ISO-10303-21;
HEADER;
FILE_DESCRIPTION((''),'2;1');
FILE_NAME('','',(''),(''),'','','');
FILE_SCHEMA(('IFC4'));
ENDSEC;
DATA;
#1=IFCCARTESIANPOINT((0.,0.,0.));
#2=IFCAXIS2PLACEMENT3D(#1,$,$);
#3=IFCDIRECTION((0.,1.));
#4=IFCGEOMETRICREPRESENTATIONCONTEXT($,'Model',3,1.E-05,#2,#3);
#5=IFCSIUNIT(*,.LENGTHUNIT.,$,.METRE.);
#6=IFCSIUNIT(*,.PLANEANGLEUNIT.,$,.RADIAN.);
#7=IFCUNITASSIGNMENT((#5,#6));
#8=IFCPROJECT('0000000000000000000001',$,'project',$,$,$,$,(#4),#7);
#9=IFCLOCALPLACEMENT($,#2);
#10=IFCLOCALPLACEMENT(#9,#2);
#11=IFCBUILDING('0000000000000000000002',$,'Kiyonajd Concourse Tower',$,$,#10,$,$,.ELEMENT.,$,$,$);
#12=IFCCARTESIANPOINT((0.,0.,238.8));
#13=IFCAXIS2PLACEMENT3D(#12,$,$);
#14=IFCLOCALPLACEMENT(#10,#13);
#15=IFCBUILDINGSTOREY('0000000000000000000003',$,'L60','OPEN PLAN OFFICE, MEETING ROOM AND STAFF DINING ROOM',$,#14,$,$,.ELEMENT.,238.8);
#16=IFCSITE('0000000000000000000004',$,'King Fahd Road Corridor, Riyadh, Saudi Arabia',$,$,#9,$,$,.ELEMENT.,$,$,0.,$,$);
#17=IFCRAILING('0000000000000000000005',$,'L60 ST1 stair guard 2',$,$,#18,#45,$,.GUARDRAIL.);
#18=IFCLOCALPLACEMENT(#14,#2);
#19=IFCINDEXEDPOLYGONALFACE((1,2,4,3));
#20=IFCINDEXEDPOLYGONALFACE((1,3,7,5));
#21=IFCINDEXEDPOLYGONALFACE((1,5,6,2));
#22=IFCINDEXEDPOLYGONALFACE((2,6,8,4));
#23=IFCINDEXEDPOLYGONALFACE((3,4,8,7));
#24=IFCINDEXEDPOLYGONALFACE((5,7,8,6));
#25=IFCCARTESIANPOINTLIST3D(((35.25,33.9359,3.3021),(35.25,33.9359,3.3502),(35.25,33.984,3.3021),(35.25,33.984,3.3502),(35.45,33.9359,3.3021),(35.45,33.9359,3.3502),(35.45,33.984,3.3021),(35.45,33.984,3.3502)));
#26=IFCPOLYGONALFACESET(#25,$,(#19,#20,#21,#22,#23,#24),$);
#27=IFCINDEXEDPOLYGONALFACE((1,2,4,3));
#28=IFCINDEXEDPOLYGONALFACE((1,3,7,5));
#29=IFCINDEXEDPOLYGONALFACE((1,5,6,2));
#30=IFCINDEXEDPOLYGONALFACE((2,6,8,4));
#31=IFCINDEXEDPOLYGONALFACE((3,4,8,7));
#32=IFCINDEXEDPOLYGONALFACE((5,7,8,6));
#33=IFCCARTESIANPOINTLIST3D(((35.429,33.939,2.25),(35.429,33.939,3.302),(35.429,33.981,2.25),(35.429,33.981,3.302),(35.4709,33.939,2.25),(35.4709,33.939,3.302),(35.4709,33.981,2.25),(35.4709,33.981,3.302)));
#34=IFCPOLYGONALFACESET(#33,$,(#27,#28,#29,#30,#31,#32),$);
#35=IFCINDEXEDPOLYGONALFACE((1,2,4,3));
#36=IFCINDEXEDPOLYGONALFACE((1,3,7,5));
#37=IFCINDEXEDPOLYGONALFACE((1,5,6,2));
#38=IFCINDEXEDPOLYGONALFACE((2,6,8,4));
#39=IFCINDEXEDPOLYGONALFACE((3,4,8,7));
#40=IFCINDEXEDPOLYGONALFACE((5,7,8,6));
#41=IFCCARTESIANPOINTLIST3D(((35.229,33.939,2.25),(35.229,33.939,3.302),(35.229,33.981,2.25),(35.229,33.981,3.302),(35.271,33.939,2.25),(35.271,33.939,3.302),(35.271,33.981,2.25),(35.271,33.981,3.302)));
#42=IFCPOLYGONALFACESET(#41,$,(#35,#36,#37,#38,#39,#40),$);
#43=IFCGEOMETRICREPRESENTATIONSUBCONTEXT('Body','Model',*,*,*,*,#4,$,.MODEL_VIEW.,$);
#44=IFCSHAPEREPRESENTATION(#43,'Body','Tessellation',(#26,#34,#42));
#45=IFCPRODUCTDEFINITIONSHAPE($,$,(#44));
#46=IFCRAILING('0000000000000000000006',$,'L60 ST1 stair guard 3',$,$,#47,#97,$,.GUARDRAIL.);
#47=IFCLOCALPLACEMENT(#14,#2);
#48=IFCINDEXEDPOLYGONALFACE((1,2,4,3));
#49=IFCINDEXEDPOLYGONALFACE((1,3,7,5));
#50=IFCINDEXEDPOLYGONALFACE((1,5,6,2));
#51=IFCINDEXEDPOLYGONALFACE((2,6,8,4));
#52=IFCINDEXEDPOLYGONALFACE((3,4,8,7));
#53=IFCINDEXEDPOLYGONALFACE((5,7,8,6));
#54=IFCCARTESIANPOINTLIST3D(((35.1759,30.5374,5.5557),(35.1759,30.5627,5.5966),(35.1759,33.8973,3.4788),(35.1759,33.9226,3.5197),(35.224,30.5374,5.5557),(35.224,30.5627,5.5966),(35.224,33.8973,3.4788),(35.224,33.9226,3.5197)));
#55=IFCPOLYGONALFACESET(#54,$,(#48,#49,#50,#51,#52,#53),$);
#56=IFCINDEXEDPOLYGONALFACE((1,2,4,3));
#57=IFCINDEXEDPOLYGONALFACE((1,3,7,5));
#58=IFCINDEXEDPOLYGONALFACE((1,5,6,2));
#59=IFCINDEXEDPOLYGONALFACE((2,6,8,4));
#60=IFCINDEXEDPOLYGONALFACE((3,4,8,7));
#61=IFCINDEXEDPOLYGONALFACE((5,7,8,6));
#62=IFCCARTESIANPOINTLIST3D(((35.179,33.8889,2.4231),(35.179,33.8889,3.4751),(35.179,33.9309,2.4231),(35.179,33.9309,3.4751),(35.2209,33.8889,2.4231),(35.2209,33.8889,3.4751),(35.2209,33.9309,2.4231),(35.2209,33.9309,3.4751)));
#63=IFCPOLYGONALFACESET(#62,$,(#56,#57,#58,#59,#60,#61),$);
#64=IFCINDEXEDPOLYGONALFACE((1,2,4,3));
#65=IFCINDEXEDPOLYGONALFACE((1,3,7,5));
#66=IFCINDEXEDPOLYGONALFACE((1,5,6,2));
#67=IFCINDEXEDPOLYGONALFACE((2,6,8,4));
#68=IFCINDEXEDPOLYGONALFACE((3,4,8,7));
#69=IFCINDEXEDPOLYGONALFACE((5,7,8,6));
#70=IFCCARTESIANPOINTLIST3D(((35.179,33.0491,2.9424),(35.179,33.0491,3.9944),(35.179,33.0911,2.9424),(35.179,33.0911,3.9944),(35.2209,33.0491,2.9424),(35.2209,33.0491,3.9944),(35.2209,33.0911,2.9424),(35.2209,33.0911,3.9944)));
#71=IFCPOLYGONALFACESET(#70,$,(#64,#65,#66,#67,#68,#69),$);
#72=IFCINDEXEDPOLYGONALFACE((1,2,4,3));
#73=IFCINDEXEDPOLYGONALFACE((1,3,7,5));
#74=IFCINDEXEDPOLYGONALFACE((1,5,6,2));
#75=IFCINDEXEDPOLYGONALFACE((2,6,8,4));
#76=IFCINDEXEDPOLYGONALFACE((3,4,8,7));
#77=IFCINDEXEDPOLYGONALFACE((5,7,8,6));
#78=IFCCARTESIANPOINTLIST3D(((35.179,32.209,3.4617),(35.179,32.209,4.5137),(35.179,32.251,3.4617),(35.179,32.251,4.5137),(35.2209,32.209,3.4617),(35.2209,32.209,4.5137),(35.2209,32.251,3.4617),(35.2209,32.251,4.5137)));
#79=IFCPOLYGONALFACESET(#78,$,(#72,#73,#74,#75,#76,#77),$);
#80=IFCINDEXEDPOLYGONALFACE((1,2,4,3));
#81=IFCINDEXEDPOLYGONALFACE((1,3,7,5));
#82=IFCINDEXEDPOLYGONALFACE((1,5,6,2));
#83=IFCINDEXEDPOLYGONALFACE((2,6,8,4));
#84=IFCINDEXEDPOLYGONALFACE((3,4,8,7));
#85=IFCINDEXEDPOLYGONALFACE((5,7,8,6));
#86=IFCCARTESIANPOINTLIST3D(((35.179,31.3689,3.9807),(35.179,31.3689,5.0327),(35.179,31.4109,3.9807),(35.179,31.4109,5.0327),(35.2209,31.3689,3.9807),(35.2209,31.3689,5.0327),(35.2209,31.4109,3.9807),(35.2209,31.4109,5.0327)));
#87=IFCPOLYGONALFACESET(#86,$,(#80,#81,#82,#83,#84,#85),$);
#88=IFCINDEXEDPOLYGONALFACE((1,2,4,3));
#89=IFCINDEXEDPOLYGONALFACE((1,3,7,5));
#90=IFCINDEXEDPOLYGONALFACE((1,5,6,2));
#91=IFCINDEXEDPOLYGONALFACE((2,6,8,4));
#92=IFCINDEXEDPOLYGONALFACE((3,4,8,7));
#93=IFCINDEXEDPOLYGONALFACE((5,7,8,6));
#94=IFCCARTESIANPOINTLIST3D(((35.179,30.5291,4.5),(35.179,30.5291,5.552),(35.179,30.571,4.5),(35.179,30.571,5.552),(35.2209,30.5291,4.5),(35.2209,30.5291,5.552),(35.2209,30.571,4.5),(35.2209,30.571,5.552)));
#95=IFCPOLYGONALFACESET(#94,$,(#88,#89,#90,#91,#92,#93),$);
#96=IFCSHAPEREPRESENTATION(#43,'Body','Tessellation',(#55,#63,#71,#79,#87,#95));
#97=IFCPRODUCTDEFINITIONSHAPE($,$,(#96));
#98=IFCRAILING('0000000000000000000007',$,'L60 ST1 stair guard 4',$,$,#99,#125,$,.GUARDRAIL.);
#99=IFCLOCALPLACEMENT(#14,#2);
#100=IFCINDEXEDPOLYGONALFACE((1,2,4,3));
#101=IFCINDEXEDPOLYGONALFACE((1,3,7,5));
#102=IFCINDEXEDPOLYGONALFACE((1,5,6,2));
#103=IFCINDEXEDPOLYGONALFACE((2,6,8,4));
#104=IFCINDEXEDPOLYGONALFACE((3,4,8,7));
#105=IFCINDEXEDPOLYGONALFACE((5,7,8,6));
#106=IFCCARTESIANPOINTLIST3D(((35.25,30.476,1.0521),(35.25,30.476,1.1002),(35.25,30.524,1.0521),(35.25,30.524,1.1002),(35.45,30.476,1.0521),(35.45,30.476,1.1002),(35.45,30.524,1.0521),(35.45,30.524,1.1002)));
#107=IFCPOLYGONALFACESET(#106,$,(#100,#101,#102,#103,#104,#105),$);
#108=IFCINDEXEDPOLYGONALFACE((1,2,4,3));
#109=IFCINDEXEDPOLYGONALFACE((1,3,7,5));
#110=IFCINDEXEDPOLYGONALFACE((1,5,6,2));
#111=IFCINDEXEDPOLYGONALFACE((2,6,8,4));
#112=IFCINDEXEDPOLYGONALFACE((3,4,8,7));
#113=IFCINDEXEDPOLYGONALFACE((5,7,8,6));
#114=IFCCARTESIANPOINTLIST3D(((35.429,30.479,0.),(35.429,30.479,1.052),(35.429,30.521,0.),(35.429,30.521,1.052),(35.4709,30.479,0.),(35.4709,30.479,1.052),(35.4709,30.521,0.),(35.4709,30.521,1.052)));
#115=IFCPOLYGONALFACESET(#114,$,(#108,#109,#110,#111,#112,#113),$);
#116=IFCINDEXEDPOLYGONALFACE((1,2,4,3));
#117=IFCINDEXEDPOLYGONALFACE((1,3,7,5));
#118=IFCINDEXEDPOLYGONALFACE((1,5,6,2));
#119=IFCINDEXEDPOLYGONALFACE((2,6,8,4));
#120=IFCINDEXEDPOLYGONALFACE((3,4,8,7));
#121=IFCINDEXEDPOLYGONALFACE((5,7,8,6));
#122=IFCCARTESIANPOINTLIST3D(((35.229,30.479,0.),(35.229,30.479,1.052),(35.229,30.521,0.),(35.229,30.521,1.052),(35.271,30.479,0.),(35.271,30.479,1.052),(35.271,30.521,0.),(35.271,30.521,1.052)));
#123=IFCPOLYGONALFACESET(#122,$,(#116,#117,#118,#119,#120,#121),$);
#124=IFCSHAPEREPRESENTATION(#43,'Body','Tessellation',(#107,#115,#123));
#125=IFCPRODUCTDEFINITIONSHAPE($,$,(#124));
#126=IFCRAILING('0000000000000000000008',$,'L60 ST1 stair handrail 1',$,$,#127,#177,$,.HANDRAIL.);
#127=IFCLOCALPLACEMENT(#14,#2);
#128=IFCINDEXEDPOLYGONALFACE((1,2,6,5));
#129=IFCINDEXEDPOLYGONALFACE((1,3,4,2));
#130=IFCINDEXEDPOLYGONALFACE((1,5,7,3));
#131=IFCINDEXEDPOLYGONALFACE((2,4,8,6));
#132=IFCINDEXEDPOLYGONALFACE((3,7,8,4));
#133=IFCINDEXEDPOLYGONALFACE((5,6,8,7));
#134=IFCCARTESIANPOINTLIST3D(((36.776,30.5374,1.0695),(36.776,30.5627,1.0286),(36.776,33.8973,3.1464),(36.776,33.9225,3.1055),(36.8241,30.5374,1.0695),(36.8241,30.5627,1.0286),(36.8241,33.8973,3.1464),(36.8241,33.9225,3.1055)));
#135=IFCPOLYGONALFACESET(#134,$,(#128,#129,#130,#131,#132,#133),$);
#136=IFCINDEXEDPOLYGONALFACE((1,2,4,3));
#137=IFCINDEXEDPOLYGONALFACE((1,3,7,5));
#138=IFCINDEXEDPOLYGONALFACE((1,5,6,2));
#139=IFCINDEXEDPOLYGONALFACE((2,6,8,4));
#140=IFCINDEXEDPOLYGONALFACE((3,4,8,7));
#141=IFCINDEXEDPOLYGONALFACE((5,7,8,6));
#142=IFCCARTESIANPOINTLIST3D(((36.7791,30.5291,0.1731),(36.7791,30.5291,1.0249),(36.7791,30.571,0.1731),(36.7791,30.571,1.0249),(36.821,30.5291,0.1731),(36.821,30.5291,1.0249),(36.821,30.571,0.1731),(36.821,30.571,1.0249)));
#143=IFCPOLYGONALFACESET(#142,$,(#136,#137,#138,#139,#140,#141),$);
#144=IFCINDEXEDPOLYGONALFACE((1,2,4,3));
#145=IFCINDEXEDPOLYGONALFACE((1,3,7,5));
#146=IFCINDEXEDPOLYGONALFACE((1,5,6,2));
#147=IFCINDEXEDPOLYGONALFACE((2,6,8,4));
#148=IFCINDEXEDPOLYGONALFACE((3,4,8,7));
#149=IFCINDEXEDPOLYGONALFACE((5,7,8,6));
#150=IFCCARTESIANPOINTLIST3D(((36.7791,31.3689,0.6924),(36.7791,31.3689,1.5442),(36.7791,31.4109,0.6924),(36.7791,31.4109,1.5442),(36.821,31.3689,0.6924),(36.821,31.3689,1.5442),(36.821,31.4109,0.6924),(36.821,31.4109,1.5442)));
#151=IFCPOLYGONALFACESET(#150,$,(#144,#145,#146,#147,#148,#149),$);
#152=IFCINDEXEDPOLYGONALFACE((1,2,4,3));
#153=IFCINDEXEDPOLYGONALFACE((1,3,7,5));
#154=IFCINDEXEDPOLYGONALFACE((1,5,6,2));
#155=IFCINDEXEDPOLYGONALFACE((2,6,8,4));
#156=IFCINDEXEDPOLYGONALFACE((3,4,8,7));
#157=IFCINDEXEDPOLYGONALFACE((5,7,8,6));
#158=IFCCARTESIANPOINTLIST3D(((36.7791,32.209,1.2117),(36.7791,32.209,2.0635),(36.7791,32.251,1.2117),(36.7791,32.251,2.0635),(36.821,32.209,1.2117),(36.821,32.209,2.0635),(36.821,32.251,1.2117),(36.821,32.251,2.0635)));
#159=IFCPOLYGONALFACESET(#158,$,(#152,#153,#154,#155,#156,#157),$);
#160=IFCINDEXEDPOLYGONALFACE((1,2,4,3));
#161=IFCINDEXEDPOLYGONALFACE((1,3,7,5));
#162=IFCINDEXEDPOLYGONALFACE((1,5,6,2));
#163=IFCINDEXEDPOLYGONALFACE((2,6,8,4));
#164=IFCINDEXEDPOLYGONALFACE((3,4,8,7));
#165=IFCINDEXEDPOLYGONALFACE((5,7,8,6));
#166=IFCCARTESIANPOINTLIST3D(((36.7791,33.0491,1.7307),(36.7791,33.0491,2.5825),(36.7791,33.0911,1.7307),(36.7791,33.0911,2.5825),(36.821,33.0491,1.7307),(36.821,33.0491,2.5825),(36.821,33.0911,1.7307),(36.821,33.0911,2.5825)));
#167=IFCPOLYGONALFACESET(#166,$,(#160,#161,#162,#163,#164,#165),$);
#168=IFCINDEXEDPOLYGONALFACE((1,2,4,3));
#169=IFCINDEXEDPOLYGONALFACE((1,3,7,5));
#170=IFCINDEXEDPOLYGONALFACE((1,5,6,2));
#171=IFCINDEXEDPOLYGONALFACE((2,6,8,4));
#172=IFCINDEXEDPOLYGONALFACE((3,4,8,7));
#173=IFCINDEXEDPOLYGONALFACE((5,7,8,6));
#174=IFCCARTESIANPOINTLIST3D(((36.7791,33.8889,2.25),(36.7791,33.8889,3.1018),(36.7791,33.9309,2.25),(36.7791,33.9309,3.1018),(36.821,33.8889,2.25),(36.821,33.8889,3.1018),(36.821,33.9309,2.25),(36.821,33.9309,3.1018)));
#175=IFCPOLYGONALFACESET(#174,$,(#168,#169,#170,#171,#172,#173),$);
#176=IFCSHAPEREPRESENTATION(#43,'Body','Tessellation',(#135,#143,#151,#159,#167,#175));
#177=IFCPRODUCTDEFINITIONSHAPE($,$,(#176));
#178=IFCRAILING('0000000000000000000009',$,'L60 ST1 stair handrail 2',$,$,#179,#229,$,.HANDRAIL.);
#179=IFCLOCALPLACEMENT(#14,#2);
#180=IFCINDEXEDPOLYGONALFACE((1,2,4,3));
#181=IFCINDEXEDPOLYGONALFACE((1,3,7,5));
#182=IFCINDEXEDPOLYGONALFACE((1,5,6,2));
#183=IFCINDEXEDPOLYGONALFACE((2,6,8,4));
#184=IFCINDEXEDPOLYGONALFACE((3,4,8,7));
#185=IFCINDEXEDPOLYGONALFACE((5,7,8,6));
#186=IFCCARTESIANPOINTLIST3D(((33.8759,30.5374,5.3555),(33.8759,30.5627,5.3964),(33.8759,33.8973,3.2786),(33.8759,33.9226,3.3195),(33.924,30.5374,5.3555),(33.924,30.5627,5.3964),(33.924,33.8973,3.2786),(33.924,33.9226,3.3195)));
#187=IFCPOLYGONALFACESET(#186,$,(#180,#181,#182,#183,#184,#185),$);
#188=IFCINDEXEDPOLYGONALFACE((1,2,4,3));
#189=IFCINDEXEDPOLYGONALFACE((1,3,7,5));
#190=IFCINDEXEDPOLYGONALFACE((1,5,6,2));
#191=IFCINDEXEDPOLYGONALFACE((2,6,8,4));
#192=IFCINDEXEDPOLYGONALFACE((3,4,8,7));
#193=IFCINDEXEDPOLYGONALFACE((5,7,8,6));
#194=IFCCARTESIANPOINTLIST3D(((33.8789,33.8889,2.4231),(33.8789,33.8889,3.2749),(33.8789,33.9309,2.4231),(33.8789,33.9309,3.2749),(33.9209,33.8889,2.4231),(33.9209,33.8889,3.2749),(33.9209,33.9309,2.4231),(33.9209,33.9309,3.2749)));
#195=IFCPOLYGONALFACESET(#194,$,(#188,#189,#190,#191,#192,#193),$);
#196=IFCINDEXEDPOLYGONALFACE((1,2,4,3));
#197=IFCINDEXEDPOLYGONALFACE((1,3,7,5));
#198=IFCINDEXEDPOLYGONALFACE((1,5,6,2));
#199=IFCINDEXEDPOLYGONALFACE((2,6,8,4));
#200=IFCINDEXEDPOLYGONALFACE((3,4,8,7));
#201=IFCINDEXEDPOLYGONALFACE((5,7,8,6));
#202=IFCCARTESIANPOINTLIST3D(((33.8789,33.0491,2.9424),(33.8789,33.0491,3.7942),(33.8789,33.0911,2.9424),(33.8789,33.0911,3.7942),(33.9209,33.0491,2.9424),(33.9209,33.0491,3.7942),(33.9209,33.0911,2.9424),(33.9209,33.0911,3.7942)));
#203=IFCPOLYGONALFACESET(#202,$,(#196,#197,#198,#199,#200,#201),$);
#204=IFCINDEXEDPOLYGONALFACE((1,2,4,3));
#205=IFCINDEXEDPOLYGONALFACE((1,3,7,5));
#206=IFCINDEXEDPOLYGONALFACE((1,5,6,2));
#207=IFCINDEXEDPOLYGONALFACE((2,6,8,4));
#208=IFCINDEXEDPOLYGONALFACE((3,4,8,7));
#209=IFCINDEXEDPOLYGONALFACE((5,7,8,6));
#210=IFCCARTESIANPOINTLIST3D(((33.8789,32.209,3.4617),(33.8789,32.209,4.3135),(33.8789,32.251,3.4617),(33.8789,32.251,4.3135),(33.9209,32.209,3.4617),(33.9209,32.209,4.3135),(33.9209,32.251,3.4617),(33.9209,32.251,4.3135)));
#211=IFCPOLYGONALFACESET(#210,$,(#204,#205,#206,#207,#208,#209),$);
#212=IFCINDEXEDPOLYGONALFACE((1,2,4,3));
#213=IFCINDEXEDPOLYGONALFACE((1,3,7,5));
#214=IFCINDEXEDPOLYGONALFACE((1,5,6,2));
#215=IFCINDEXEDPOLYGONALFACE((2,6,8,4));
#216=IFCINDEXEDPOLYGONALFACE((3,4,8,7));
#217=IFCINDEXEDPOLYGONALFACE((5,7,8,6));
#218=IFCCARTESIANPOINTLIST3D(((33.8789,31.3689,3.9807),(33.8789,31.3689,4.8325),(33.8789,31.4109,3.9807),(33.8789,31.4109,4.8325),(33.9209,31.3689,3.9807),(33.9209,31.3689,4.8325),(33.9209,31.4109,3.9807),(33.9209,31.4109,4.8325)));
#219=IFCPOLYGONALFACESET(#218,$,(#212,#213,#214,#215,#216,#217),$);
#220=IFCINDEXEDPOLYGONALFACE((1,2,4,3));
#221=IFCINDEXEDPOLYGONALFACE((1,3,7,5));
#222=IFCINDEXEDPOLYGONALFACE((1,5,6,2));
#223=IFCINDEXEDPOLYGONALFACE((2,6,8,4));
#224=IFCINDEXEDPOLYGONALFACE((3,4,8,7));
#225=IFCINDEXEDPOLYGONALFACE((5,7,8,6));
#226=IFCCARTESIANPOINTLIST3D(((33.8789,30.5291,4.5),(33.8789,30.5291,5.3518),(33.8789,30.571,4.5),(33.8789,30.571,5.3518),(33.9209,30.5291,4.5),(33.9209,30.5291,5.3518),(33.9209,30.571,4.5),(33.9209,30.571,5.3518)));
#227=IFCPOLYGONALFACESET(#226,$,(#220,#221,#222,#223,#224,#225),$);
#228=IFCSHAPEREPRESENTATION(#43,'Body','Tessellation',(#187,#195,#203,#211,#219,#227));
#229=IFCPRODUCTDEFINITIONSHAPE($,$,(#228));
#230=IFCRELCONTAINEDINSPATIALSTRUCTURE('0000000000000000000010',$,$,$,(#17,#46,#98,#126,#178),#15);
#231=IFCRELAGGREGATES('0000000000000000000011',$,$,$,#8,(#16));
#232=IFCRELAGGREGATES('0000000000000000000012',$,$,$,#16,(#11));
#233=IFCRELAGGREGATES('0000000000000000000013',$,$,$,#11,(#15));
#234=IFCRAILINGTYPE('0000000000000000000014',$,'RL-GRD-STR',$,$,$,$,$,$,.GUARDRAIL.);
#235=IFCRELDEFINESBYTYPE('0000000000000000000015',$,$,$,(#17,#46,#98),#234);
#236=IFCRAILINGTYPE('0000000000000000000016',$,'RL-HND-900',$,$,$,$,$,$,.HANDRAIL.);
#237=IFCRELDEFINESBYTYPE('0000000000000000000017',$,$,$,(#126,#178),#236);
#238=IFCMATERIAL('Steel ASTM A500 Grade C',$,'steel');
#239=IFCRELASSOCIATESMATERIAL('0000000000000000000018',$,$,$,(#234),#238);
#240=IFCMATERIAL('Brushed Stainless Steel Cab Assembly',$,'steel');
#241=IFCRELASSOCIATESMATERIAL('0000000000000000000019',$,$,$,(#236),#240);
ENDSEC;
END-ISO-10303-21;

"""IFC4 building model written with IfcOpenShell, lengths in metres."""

from ifc_helpers import new_model, si_unit, direction, frame, origin, origin_2d, place, context, subcontext, project, spatial, rectangle, extrude, material, type_object, element, save


model = new_model("IFC4")

# Units and contexts
model_context = context("Model", 3, precision=1e-05, world=origin(), true_north=direction((0.0, 1.0)))
body_context = subcontext(model_context, "Body", "Model", "MODEL_VIEW")
ifc_project = project(units=[si_unit("LENGTHUNIT", "METRE"), si_unit("PLANEANGLEUNIT", "RADIAN")], contexts=[model_context])

# Site, building, storey
site_placement = place(None, origin())
site = spatial("IfcSite", under=ifc_project, at=site_placement, Name="King Fahd Road Corridor, Riyadh, Saudi Arabia", CompositionType="ELEMENT", RefElevation=0.0)
building_placement = place(site_placement, origin())
building = spatial("IfcBuilding", under=site, at=building_placement, Name="Kiyonajd Concourse Tower", CompositionType="ELEMENT")
storey_placement = place(building_placement, frame((0.0, 0.0, 238.8)))
storey = spatial("IfcBuildingStorey", under=building, at=storey_placement, Name="L60", Description="OPEN PLAN OFFICE, MEETING ROOM AND STAFF DINING ROOM", CompositionType="ELEMENT", Elevation=238.8)

# Shared definitions
ifc_material_1 = material(Name="Brushed Stainless Steel Cab Assembly", Category="steel")

# Railings
ifc_material_2 = material(Name="Steel ASTM A500 Grade C", Category="steel")
railing_type_1 = type_object("IfcRailingType", Name="RL-GRD-STR", PredefinedType="GUARDRAIL", material=ifc_material_2)
railing_1_placement = place(storey_placement, frame((35.45, 33.96, 2.25)))
element("IfcRailing", 1, at=railing_1_placement, inside=storey, type_object=railing_type_1, Name="L60 ST1 stair guard 2", PredefinedType="GUARDRAIL", context=body_context, shape_type="SweptSolid", body=[
    extrude(rectangle(XDim=0.0481, YDim=0.0481, at=origin_2d()), frame((0.0, 0.0, 1.0762), z_axis=(-1.0, 0.0, 0.0), x_axis=(0.0, -1.0, 0.0)), (0.0, 0.0, 1.0), 0.2),
    extrude(rectangle(XDim=0.042, YDim=0.042, at=origin_2d()), origin(), (0.0, 0.0, 1.0), 1.052),
    extrude(rectangle(XDim=0.042, YDim=0.042, at=origin_2d()), frame((-0.2, 0.0, 0.0)), (0.0, 0.0, 1.0), 1.052),
])
railing_2_placement = place(storey_placement, frame((35.2, 33.9099, 2.4231)))
element("IfcRailing", 2, at=railing_2_placement, inside=storey, type_object=railing_type_1, Name="L60 ST1 stair guard 3", PredefinedType="GUARDRAIL", context=body_context, shape_type="SweptSolid", body=[
    extrude(rectangle(XDim=0.0481, YDim=0.0481, at=origin_2d()), frame((0.0, 0.0, 1.0762), z_axis=(0.0, -0.850606, 0.525803), x_axis=(1.0, 0.0, 0.0)), (0.0, 0.0, 1.0), 3.95),
    extrude(rectangle(XDim=0.042, YDim=0.042, at=origin_2d()), origin(), (0.0, 0.0, 1.0), 1.052),
    extrude(rectangle(XDim=0.042, YDim=0.042, at=origin_2d()), frame((0.0, -0.8398, 0.5193)), (0.0, 0.0, 1.0), 1.052),
    extrude(rectangle(XDim=0.042, YDim=0.042, at=origin_2d()), frame((0.0, -1.6799, 1.0386)), (0.0, 0.0, 1.0), 1.052),
    extrude(rectangle(XDim=0.042, YDim=0.042, at=origin_2d()), frame((0.0, -2.52, 1.5576)), (0.0, 0.0, 1.0), 1.052),
    extrude(rectangle(XDim=0.042, YDim=0.042, at=origin_2d()), frame((0.0, -3.3599, 2.0769)), (0.0, 0.0, 1.0), 1.052),
])
railing_3_placement = place(storey_placement, frame((35.45, 30.5, 0.0)))
element("IfcRailing", 3, at=railing_3_placement, inside=storey, type_object=railing_type_1, Name="L60 ST1 stair guard 4", PredefinedType="GUARDRAIL", context=body_context, shape_type="SweptSolid", body=[
    extrude(rectangle(XDim=0.0481, YDim=0.0481, at=origin_2d()), frame((0.0, 0.0, 1.0762), z_axis=(-1.0, 0.0, 0.0), x_axis=(0.0, -1.0, 0.0)), (0.0, 0.0, 1.0), 0.2),
    extrude(rectangle(XDim=0.042, YDim=0.042, at=origin_2d()), origin(), (0.0, 0.0, 1.0), 1.052),
    extrude(rectangle(XDim=0.042, YDim=0.042, at=origin_2d()), frame((-0.2, 0.0, 0.0)), (0.0, 0.0, 1.0), 1.052),
])
railing_type_2 = type_object("IfcRailingType", Name="RL-HND-900", PredefinedType="HANDRAIL", material=ifc_material_1)
railing_4_placement = place(storey_placement, frame((36.8, 30.55, 0.1731)))
element("IfcRailing", 4, at=railing_4_placement, inside=storey, type_object=railing_type_2, Name="L60 ST1 stair handrail 1", PredefinedType="HANDRAIL", context=body_context, shape_type="SweptSolid", body=[
    extrude(rectangle(XDim=0.0481, YDim=0.0481, at=origin_2d()), frame((0.0, 0.0, 0.876), z_axis=(0.0, 0.850606, 0.525803), x_axis=(-1.0, 0.0, 0.0)), (0.0, 0.0, 1.0), 3.95),
    extrude(rectangle(XDim=0.042, YDim=0.042, at=origin_2d()), origin(), (0.0, 0.0, 1.0), 0.8518),
    extrude(rectangle(XDim=0.042, YDim=0.042, at=origin_2d()), frame((0.0, 0.8398, 0.5193)), (0.0, 0.0, 1.0), 0.8518),
    extrude(rectangle(XDim=0.042, YDim=0.042, at=origin_2d()), frame((0.0, 1.6799, 1.0386)), (0.0, 0.0, 1.0), 0.8518),
    extrude(rectangle(XDim=0.042, YDim=0.042, at=origin_2d()), frame((0.0, 2.52, 1.5576)), (0.0, 0.0, 1.0), 0.8518),
    extrude(rectangle(XDim=0.042, YDim=0.042, at=origin_2d()), frame((0.0, 3.3599, 2.0769)), (0.0, 0.0, 1.0), 0.8518),
])
railing_5_placement = place(storey_placement, frame((33.8999, 33.9099, 2.4231)))
element("IfcRailing", 5, at=railing_5_placement, inside=storey, type_object=railing_type_2, Name="L60 ST1 stair handrail 2", PredefinedType="HANDRAIL", context=body_context, shape_type="SweptSolid", body=[
    extrude(rectangle(XDim=0.0481, YDim=0.0481, at=origin_2d()), frame((0.0, 0.0, 0.876), z_axis=(0.0, -0.850606, 0.525803), x_axis=(1.0, 0.0, 0.0)), (0.0, 0.0, 1.0), 3.95),
    extrude(rectangle(XDim=0.042, YDim=0.042, at=origin_2d()), origin(), (0.0, 0.0, 1.0), 0.8518),
    extrude(rectangle(XDim=0.042, YDim=0.042, at=origin_2d()), frame((0.0, -0.8398, 0.5193)), (0.0, 0.0, 1.0), 0.8518),
    extrude(rectangle(XDim=0.042, YDim=0.042, at=origin_2d()), frame((0.0, -1.6799, 1.0386)), (0.0, 0.0, 1.0), 0.8518),
    extrude(rectangle(XDim=0.042, YDim=0.042, at=origin_2d()), frame((0.0, -2.52, 1.5576)), (0.0, 0.0, 1.0), 0.8518),
    extrude(rectangle(XDim=0.042, YDim=0.042, at=origin_2d()), frame((0.0, -3.3599, 2.0769)), (0.0, 0.0, 1.0), 0.8518),
])

save(model, "model.ifc")
